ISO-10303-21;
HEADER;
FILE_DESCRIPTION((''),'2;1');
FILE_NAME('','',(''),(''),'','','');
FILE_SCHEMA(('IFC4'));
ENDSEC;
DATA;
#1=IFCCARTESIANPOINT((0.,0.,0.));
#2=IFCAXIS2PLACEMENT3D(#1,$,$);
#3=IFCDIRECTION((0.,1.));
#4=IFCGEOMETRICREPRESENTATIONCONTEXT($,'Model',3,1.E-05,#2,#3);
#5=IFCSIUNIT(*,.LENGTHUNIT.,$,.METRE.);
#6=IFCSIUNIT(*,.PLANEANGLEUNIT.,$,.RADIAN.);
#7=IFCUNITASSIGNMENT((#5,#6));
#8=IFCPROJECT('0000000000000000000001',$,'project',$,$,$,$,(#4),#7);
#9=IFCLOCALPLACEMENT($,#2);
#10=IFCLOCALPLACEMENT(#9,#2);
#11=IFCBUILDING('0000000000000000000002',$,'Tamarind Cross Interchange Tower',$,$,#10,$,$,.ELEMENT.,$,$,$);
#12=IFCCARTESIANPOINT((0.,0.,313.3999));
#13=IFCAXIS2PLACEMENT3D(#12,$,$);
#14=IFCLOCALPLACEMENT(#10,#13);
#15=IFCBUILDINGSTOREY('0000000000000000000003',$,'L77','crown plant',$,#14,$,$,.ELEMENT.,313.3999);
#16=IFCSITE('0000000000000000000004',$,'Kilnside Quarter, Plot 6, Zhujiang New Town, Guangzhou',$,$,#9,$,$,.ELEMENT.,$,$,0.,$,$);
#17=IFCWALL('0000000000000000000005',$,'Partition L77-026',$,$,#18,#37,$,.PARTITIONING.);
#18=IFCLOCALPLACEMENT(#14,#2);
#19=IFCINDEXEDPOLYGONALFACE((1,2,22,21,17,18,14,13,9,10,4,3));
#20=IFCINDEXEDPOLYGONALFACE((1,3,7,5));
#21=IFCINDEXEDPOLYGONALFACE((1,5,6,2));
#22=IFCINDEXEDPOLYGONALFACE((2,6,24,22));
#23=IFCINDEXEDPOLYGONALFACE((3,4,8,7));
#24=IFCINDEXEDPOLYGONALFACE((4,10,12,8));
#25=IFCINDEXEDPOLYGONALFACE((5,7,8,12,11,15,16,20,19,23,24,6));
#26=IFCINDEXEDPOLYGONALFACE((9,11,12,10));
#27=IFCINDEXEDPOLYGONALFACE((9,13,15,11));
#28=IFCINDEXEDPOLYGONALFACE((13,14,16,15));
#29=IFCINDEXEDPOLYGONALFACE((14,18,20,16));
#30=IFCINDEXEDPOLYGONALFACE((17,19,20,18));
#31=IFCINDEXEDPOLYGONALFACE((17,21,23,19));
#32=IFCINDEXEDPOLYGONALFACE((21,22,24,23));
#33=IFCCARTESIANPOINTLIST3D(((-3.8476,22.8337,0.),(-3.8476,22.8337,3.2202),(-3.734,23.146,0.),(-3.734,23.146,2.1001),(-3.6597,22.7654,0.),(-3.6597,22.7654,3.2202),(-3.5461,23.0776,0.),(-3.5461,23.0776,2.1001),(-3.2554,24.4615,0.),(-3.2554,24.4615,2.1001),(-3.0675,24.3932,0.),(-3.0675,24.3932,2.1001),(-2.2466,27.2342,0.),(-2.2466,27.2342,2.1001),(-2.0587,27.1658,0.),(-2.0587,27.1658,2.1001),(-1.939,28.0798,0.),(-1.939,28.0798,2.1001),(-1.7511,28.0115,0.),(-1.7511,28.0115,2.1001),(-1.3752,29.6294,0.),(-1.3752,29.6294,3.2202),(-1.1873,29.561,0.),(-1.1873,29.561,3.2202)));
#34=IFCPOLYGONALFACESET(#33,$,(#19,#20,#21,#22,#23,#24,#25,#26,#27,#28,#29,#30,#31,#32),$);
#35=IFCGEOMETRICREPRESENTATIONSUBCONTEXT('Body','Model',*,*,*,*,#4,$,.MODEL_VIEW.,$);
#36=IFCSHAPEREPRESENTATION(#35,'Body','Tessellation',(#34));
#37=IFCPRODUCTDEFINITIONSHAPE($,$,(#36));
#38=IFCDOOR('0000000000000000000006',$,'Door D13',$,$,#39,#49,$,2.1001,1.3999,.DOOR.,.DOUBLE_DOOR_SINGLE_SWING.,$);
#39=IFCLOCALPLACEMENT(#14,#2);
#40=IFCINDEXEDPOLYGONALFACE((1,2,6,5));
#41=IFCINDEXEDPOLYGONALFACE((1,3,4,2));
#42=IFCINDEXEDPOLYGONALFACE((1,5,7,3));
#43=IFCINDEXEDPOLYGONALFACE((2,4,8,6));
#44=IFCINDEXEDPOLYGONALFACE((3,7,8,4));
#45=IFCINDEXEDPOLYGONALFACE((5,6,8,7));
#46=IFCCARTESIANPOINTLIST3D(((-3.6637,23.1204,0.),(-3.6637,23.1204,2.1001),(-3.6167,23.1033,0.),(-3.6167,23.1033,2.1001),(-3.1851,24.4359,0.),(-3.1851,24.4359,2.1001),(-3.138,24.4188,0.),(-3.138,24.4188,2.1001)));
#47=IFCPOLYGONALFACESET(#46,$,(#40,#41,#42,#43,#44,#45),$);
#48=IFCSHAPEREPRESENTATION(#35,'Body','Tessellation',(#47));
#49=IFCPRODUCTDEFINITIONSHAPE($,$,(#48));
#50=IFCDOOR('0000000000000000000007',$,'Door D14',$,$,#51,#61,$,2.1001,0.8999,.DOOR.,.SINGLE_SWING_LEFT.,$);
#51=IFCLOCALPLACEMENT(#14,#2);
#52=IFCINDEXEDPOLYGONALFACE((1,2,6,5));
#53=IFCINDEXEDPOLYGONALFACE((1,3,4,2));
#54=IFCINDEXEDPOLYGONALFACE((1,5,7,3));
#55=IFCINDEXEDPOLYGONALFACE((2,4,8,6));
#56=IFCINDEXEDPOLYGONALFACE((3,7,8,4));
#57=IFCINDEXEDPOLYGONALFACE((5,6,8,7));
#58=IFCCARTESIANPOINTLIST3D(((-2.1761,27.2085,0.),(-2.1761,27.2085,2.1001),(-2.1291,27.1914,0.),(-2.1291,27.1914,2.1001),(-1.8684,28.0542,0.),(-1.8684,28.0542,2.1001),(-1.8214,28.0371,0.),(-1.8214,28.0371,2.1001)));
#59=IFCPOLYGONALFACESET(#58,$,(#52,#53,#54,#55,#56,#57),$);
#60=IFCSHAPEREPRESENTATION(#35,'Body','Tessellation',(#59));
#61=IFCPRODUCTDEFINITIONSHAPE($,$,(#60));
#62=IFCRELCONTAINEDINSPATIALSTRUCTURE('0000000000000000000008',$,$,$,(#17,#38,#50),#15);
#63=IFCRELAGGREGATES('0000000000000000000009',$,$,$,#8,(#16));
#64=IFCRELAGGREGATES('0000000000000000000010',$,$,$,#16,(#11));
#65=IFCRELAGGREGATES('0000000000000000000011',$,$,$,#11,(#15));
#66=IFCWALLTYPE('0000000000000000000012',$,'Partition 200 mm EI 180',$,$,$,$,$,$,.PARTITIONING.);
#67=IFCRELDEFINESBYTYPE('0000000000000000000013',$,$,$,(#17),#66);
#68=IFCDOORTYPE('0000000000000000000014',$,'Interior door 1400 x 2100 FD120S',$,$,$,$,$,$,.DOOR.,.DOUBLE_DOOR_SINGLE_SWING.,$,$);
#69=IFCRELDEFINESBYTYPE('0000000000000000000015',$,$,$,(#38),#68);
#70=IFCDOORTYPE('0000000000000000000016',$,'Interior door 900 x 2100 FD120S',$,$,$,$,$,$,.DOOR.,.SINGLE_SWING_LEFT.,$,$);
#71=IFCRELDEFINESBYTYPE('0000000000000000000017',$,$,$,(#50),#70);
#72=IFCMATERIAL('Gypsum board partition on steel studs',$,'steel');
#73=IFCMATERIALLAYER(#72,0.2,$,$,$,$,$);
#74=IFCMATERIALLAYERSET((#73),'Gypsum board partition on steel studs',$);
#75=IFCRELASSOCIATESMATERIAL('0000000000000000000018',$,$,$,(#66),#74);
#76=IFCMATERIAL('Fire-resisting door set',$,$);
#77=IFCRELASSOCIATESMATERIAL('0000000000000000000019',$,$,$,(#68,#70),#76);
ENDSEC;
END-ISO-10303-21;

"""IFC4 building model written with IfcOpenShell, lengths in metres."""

from ifc_helpers import new_model, si_unit, direction, frame, frame_2d, origin, place, context, subcontext, project, spatial, rectangle, extrude, material, layer, layer_set, type_object, element, fill, save


model = new_model("IFC4")

# Units and contexts
model_context = context("Model", 3, precision=1e-05, world=origin(), true_north=direction((0.0, 1.0)))
body_context = subcontext(model_context, "Body", "Model", "MODEL_VIEW")
ifc_project = project(units=[si_unit("LENGTHUNIT", "METRE"), si_unit("PLANEANGLEUNIT", "RADIAN")], contexts=[model_context])

# Site, building, storey
site_placement = place(None, origin())
site = spatial("IfcSite", under=ifc_project, at=site_placement, Name="Kilnside Quarter, Plot 6, Zhujiang New Town, Guangzhou", CompositionType="ELEMENT", RefElevation=0.0)
building_placement = place(site_placement, origin())
building = spatial("IfcBuilding", under=site, at=building_placement, Name="Tamarind Cross Interchange Tower", CompositionType="ELEMENT")
storey_placement = place(building_placement, frame((0.0, 0.0, 313.3999)))
storey = spatial("IfcBuildingStorey", under=building, at=storey_placement, Name="L77", Description="crown plant", CompositionType="ELEMENT", Elevation=313.3999)

# Shared definitions
ifc_material_1 = material(Name="Gypsum board partition on steel studs", Category="steel")

# Shared definitions
ifc_material_2 = material(Name="Fire-resisting door set")

# Shared definitions
ifc_layer_1 = layer(ifc_material_1, 0.2)
ifc_layer_set_1 = layer_set([ifc_layer_1], Name="Gypsum board partition on steel studs")
wall_type_1 = type_object("IfcWallType", Name="Partition 200 mm EI 180", PredefinedType="PARTITIONING", material=ifc_layer_set_1)

# Shared definitions
door_type_1 = type_object("IfcDoorType", Name="Interior door 1400 x 2100 FD120S", OperationType="DOUBLE_DOOR_SINGLE_SWING", PredefinedType="DOOR", material=ifc_material_2)

# Wall, openings, doors
wall_1_placement = place(storey_placement, frame((-3.7537, 22.7996, 0.0), z_axis=(0.0, 0.0, 1.0), x_axis=(0.341898, 0.939737, 0.0)))
wall_1 = element("IfcWall", 1, at=wall_1_placement, inside=storey, type_object=wall_type_1, Name="Partition L77-026", PredefinedType="PARTITIONING", context=body_context, shape_type="SweptSolid", body=[
    extrude(rectangle(XDim=7.2314, YDim=0.2, at=frame_2d((3.6157, 0.0))), origin(), (0.0, 0.0, 1.0), 3.2202),
])
opening_1_placement = place(wall_1_placement, frame((0.3323, 0.0, 0.0)))
opening_1 = element("IfcOpeningElement", 2, at=opening_1_placement, cuts=wall_1, PredefinedType="OPENING", context=body_context, shape_type="SweptSolid", body=[
    extrude(rectangle(XDim=1.3999, YDim=2.1001, at=frame_2d((0.7, 1.05))), frame((0.0, 0.1099, 0.0), z_axis=(0.0, -1.0, 0.0), x_axis=(1.0, 0.0, 0.0)), (0.0, 0.0, 1.0), 0.22),
])
opening_2_placement = place(wall_1_placement, frame((4.6826, 0.0, 0.0)))
opening_2 = element("IfcOpeningElement", 3, at=opening_2_placement, cuts=wall_1, PredefinedType="OPENING", context=body_context, shape_type="SweptSolid", body=[
    extrude(rectangle(XDim=0.8999, YDim=2.1001, at=frame_2d((0.45, 1.05))), frame((0.0, 0.1099, 0.0), z_axis=(0.0, -1.0, 0.0), x_axis=(1.0, 0.0, 0.0)), (0.0, 0.0, 1.0), 0.22),
])
door_1_placement = place(opening_1_placement, frame((1.3999, 0.0, 0.0), z_axis=(0.0, 0.0, 1.0), x_axis=(-1.0, 0.0, 0.0)))
door_1 = element("IfcDoor", 4, at=door_1_placement, inside=storey, type_object=door_type_1, Name="Door D13", OperationType="DOUBLE_DOOR_SINGLE_SWING", OverallHeight=2.1001, OverallWidth=1.3999, PredefinedType="DOOR", context=body_context, shape_type="SweptSolid", body=[
    extrude(rectangle(XDim=1.3999, YDim=2.1001, at=frame_2d((0.7, 1.05))), frame((0.0, 0.0249, 0.0), z_axis=(0.0, -1.0, 0.0), x_axis=(1.0, 0.0, 0.0)), (0.0, 0.0, 1.0), 0.05),
])
fill(opening_1, door_1)
door_type_2 = type_object("IfcDoorType", Name="Interior door 900 x 2100 FD120S", OperationType="SINGLE_SWING_LEFT", PredefinedType="DOOR", material=ifc_material_2)
door_2_placement = place(opening_2_placement, origin())
door_2 = element("IfcDoor", 5, at=door_2_placement, inside=storey, type_object=door_type_2, Name="Door D14", OperationType="SINGLE_SWING_LEFT", OverallHeight=2.1001, OverallWidth=0.8999, PredefinedType="DOOR", context=body_context, shape_type="SweptSolid", body=[
    extrude(rectangle(XDim=0.8999, YDim=2.1001, at=frame_2d((0.45, 1.05))), frame((0.0, 0.0249, 0.0), z_axis=(0.0, -1.0, 0.0), x_axis=(1.0, 0.0, 0.0)), (0.0, 0.0, 1.0), 0.05),
])
fill(opening_2, door_2)

save(model, "model.ifc")
